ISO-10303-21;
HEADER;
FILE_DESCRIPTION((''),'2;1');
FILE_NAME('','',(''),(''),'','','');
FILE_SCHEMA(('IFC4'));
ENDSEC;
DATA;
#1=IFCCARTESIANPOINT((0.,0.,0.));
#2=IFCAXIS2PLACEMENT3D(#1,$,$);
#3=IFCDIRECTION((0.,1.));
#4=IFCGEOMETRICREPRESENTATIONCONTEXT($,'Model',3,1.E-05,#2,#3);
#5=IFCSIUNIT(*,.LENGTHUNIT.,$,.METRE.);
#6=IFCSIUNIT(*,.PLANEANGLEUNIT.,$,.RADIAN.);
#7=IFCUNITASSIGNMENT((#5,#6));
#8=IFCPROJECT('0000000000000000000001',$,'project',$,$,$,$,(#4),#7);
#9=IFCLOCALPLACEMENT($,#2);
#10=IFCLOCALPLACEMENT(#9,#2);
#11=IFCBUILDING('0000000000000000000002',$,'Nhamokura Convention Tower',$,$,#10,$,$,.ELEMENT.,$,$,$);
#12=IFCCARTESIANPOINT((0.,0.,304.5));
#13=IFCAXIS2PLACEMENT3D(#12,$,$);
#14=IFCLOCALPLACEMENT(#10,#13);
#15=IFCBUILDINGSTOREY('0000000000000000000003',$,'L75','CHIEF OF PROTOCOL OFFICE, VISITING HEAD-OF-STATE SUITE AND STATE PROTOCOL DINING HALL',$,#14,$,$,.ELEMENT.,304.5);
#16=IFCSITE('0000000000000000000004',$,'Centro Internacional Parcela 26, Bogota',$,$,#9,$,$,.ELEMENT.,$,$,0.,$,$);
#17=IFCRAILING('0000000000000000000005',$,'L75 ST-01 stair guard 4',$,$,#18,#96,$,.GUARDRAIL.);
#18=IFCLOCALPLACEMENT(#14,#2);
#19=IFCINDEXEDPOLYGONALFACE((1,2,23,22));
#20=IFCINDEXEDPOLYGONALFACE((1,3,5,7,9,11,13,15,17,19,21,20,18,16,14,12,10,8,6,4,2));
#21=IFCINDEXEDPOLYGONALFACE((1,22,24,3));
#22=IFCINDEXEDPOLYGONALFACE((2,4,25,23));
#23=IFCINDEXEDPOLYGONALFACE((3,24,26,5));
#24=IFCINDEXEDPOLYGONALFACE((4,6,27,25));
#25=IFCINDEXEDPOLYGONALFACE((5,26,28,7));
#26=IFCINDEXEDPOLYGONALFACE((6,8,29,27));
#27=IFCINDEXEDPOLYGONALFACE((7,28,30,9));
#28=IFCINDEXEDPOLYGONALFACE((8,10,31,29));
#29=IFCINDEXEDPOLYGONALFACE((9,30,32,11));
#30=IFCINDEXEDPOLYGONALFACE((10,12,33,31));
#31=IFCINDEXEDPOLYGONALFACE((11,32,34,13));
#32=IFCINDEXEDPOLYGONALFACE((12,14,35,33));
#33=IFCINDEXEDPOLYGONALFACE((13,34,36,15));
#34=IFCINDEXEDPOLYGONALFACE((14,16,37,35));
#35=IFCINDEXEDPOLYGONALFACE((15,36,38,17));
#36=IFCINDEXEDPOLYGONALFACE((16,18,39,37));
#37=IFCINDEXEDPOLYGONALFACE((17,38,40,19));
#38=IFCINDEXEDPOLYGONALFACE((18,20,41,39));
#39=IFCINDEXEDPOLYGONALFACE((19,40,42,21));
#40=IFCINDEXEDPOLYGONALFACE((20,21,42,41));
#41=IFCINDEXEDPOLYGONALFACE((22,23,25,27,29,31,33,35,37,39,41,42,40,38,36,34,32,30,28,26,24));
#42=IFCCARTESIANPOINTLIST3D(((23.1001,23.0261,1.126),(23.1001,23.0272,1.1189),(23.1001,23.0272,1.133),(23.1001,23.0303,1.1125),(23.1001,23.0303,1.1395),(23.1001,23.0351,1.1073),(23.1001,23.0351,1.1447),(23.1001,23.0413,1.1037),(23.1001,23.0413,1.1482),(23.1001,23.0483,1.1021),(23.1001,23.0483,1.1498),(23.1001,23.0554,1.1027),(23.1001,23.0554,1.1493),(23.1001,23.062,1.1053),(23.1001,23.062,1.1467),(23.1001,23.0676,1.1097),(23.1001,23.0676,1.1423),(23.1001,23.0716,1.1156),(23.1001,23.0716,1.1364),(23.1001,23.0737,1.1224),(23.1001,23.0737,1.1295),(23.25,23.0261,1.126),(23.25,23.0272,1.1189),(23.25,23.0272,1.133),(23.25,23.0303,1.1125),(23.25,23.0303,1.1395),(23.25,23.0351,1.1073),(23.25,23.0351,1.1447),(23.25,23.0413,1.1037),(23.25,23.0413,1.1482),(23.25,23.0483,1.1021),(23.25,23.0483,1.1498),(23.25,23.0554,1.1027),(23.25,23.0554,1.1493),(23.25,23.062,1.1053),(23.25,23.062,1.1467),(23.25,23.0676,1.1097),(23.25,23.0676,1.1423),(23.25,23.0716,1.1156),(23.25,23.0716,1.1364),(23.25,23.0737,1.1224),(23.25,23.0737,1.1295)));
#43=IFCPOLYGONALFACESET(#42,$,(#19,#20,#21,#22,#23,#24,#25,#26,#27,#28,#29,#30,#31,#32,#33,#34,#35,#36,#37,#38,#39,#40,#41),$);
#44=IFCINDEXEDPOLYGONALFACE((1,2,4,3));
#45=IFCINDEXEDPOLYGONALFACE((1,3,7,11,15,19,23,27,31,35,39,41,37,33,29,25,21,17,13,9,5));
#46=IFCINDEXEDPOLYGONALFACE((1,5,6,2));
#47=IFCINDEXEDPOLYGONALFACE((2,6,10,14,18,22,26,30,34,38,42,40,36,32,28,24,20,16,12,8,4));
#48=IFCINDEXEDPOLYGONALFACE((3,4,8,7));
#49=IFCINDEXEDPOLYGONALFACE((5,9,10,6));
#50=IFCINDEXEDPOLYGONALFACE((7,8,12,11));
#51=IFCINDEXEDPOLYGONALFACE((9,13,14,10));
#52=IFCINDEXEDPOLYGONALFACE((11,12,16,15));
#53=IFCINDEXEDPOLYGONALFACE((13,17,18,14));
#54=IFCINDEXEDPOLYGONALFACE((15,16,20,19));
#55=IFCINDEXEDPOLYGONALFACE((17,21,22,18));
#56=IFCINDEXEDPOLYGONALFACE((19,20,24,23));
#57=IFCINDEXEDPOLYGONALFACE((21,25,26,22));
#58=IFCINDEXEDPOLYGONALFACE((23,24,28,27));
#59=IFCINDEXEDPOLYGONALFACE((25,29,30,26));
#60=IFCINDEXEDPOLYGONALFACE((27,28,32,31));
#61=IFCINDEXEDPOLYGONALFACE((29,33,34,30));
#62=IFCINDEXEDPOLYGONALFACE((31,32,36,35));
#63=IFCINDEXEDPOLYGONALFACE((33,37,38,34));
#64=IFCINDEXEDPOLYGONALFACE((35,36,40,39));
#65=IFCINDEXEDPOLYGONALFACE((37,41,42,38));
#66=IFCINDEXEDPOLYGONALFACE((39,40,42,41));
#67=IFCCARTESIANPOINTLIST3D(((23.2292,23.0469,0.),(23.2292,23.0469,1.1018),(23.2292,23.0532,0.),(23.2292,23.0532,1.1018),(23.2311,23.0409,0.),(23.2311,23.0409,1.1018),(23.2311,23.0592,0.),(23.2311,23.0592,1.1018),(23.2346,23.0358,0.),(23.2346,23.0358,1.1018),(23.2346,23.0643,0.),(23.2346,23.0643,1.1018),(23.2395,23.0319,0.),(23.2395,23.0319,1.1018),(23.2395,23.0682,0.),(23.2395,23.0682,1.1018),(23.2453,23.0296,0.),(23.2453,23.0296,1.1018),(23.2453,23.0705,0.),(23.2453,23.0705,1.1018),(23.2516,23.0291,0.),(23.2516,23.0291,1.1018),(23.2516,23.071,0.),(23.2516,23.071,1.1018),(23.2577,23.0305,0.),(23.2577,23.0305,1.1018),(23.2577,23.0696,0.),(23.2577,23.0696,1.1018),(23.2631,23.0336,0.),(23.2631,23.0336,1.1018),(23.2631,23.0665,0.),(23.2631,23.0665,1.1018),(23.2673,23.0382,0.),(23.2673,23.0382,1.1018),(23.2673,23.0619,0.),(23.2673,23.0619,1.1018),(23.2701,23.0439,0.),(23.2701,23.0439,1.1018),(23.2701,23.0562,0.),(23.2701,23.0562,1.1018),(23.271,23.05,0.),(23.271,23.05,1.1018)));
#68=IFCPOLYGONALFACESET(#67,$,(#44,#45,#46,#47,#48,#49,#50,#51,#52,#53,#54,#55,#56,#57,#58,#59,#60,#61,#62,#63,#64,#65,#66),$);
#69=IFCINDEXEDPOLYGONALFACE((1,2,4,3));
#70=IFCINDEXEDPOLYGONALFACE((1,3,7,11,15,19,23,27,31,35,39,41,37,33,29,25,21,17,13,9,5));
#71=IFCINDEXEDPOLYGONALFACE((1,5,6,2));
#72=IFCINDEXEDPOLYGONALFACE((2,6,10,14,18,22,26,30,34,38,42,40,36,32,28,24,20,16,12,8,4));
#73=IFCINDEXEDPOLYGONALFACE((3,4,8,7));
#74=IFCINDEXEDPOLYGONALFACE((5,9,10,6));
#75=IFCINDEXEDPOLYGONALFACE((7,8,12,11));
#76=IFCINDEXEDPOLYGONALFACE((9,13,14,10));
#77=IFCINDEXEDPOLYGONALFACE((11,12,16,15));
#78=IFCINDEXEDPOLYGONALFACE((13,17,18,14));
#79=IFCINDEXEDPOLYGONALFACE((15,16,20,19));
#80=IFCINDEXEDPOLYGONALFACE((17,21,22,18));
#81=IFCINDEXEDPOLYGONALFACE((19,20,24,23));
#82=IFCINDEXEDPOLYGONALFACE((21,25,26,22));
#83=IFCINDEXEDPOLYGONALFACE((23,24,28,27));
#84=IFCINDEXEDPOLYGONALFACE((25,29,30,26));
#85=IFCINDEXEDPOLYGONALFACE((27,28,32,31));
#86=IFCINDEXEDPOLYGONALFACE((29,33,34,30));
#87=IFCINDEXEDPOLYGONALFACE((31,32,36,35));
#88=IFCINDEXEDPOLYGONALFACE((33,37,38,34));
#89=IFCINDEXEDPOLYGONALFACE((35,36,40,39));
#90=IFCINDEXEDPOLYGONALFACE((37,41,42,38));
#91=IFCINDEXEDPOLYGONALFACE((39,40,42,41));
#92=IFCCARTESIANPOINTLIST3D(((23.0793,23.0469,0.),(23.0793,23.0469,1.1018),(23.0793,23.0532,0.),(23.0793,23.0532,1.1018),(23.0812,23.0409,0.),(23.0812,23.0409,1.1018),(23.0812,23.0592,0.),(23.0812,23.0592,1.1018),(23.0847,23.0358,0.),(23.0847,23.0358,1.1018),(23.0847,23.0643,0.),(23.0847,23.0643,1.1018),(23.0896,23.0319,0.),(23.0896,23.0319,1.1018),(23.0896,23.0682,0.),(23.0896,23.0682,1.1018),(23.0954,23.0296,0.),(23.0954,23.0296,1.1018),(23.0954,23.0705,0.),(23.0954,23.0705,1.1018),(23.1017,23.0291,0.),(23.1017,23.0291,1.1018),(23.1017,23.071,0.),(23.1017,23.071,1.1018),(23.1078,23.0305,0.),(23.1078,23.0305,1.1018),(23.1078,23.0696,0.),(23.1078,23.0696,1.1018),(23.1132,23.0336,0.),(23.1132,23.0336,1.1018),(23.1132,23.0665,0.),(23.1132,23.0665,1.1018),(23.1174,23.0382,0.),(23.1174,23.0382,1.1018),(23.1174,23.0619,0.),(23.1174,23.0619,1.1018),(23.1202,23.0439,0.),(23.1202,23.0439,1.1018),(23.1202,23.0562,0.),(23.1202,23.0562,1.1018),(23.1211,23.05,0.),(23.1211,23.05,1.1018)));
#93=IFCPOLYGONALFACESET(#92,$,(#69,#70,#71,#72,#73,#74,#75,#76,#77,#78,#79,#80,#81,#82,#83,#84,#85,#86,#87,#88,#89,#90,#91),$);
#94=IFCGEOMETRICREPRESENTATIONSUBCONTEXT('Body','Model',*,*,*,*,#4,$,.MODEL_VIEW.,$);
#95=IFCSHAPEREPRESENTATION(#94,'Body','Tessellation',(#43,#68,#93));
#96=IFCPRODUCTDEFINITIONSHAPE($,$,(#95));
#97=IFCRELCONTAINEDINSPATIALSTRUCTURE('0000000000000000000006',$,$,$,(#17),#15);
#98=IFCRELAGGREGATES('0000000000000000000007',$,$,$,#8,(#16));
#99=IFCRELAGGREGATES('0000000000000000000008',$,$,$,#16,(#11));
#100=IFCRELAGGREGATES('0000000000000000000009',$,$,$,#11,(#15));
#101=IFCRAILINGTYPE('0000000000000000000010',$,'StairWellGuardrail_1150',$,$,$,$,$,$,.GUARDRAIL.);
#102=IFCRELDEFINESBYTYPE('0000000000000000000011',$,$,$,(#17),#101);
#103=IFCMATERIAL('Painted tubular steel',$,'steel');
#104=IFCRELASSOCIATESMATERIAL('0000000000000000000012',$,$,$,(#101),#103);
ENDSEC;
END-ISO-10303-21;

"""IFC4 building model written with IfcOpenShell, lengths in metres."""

from ifc_helpers import new_model, si_unit, direction, frame, origin, origin_2d, place, context, subcontext, project, spatial, circle, extrude, material, type_object, element, save


model = new_model("IFC4")

# Units and contexts
model_context = context("Model", 3, precision=1e-05, world=origin(), true_north=direction((0.0, 1.0)))
body_context = subcontext(model_context, "Body", "Model", "MODEL_VIEW")
ifc_project = project(units=[si_unit("LENGTHUNIT", "METRE"), si_unit("PLANEANGLEUNIT", "RADIAN")], contexts=[model_context])

# Site, building, storey
site_placement = place(None, origin())
site = spatial("IfcSite", under=ifc_project, at=site_placement, Name="Centro Internacional Parcela 26, Bogota", CompositionType="ELEMENT", RefElevation=0.0)
building_placement = place(site_placement, origin())
building = spatial("IfcBuilding", under=site, at=building_placement, Name="Nhamokura Convention Tower", CompositionType="ELEMENT")
storey_placement = place(building_placement, frame((0.0, 0.0, 304.5)))
storey = spatial("IfcBuildingStorey", under=building, at=storey_placement, Name="L75", Description="CHIEF OF PROTOCOL OFFICE, VISITING HEAD-OF-STATE SUITE AND STATE PROTOCOL DINING HALL", CompositionType="ELEMENT", Elevation=304.5)

# Railing
ifc_material_1 = material(Name="Painted tubular steel", Category="steel")
railing_type_1 = type_object("IfcRailingType", Name="StairWellGuardrail_1150", PredefinedType="GUARDRAIL", material=ifc_material_1)
railing_1_placement = place(storey_placement, frame((23.25, 23.05, 0.0)))
element("IfcRailing", 1, at=railing_1_placement, inside=storey, type_object=railing_type_1, Name="L75 ST-01 stair guard 4", PredefinedType="GUARDRAIL", context=body_context, shape_type="SweptSolid", body=[
    extrude(circle(Radius=0.0239, at=origin_2d()), frame((0.0, 0.0, 1.126), z_axis=(-1.0, 0.0, 0.0), x_axis=(0.0, -1.0, 0.0)), (0.0, 0.0, 1.0), 0.1499),
    extrude(circle(Radius=0.021, at=origin_2d()), origin(), (0.0, 0.0, 1.0), 1.1018),
    extrude(circle(Radius=0.021, at=origin_2d()), frame((-0.1499, 0.0, 0.0)), (0.0, 0.0, 1.0), 1.1018),
])

save(model, "model.ifc")
